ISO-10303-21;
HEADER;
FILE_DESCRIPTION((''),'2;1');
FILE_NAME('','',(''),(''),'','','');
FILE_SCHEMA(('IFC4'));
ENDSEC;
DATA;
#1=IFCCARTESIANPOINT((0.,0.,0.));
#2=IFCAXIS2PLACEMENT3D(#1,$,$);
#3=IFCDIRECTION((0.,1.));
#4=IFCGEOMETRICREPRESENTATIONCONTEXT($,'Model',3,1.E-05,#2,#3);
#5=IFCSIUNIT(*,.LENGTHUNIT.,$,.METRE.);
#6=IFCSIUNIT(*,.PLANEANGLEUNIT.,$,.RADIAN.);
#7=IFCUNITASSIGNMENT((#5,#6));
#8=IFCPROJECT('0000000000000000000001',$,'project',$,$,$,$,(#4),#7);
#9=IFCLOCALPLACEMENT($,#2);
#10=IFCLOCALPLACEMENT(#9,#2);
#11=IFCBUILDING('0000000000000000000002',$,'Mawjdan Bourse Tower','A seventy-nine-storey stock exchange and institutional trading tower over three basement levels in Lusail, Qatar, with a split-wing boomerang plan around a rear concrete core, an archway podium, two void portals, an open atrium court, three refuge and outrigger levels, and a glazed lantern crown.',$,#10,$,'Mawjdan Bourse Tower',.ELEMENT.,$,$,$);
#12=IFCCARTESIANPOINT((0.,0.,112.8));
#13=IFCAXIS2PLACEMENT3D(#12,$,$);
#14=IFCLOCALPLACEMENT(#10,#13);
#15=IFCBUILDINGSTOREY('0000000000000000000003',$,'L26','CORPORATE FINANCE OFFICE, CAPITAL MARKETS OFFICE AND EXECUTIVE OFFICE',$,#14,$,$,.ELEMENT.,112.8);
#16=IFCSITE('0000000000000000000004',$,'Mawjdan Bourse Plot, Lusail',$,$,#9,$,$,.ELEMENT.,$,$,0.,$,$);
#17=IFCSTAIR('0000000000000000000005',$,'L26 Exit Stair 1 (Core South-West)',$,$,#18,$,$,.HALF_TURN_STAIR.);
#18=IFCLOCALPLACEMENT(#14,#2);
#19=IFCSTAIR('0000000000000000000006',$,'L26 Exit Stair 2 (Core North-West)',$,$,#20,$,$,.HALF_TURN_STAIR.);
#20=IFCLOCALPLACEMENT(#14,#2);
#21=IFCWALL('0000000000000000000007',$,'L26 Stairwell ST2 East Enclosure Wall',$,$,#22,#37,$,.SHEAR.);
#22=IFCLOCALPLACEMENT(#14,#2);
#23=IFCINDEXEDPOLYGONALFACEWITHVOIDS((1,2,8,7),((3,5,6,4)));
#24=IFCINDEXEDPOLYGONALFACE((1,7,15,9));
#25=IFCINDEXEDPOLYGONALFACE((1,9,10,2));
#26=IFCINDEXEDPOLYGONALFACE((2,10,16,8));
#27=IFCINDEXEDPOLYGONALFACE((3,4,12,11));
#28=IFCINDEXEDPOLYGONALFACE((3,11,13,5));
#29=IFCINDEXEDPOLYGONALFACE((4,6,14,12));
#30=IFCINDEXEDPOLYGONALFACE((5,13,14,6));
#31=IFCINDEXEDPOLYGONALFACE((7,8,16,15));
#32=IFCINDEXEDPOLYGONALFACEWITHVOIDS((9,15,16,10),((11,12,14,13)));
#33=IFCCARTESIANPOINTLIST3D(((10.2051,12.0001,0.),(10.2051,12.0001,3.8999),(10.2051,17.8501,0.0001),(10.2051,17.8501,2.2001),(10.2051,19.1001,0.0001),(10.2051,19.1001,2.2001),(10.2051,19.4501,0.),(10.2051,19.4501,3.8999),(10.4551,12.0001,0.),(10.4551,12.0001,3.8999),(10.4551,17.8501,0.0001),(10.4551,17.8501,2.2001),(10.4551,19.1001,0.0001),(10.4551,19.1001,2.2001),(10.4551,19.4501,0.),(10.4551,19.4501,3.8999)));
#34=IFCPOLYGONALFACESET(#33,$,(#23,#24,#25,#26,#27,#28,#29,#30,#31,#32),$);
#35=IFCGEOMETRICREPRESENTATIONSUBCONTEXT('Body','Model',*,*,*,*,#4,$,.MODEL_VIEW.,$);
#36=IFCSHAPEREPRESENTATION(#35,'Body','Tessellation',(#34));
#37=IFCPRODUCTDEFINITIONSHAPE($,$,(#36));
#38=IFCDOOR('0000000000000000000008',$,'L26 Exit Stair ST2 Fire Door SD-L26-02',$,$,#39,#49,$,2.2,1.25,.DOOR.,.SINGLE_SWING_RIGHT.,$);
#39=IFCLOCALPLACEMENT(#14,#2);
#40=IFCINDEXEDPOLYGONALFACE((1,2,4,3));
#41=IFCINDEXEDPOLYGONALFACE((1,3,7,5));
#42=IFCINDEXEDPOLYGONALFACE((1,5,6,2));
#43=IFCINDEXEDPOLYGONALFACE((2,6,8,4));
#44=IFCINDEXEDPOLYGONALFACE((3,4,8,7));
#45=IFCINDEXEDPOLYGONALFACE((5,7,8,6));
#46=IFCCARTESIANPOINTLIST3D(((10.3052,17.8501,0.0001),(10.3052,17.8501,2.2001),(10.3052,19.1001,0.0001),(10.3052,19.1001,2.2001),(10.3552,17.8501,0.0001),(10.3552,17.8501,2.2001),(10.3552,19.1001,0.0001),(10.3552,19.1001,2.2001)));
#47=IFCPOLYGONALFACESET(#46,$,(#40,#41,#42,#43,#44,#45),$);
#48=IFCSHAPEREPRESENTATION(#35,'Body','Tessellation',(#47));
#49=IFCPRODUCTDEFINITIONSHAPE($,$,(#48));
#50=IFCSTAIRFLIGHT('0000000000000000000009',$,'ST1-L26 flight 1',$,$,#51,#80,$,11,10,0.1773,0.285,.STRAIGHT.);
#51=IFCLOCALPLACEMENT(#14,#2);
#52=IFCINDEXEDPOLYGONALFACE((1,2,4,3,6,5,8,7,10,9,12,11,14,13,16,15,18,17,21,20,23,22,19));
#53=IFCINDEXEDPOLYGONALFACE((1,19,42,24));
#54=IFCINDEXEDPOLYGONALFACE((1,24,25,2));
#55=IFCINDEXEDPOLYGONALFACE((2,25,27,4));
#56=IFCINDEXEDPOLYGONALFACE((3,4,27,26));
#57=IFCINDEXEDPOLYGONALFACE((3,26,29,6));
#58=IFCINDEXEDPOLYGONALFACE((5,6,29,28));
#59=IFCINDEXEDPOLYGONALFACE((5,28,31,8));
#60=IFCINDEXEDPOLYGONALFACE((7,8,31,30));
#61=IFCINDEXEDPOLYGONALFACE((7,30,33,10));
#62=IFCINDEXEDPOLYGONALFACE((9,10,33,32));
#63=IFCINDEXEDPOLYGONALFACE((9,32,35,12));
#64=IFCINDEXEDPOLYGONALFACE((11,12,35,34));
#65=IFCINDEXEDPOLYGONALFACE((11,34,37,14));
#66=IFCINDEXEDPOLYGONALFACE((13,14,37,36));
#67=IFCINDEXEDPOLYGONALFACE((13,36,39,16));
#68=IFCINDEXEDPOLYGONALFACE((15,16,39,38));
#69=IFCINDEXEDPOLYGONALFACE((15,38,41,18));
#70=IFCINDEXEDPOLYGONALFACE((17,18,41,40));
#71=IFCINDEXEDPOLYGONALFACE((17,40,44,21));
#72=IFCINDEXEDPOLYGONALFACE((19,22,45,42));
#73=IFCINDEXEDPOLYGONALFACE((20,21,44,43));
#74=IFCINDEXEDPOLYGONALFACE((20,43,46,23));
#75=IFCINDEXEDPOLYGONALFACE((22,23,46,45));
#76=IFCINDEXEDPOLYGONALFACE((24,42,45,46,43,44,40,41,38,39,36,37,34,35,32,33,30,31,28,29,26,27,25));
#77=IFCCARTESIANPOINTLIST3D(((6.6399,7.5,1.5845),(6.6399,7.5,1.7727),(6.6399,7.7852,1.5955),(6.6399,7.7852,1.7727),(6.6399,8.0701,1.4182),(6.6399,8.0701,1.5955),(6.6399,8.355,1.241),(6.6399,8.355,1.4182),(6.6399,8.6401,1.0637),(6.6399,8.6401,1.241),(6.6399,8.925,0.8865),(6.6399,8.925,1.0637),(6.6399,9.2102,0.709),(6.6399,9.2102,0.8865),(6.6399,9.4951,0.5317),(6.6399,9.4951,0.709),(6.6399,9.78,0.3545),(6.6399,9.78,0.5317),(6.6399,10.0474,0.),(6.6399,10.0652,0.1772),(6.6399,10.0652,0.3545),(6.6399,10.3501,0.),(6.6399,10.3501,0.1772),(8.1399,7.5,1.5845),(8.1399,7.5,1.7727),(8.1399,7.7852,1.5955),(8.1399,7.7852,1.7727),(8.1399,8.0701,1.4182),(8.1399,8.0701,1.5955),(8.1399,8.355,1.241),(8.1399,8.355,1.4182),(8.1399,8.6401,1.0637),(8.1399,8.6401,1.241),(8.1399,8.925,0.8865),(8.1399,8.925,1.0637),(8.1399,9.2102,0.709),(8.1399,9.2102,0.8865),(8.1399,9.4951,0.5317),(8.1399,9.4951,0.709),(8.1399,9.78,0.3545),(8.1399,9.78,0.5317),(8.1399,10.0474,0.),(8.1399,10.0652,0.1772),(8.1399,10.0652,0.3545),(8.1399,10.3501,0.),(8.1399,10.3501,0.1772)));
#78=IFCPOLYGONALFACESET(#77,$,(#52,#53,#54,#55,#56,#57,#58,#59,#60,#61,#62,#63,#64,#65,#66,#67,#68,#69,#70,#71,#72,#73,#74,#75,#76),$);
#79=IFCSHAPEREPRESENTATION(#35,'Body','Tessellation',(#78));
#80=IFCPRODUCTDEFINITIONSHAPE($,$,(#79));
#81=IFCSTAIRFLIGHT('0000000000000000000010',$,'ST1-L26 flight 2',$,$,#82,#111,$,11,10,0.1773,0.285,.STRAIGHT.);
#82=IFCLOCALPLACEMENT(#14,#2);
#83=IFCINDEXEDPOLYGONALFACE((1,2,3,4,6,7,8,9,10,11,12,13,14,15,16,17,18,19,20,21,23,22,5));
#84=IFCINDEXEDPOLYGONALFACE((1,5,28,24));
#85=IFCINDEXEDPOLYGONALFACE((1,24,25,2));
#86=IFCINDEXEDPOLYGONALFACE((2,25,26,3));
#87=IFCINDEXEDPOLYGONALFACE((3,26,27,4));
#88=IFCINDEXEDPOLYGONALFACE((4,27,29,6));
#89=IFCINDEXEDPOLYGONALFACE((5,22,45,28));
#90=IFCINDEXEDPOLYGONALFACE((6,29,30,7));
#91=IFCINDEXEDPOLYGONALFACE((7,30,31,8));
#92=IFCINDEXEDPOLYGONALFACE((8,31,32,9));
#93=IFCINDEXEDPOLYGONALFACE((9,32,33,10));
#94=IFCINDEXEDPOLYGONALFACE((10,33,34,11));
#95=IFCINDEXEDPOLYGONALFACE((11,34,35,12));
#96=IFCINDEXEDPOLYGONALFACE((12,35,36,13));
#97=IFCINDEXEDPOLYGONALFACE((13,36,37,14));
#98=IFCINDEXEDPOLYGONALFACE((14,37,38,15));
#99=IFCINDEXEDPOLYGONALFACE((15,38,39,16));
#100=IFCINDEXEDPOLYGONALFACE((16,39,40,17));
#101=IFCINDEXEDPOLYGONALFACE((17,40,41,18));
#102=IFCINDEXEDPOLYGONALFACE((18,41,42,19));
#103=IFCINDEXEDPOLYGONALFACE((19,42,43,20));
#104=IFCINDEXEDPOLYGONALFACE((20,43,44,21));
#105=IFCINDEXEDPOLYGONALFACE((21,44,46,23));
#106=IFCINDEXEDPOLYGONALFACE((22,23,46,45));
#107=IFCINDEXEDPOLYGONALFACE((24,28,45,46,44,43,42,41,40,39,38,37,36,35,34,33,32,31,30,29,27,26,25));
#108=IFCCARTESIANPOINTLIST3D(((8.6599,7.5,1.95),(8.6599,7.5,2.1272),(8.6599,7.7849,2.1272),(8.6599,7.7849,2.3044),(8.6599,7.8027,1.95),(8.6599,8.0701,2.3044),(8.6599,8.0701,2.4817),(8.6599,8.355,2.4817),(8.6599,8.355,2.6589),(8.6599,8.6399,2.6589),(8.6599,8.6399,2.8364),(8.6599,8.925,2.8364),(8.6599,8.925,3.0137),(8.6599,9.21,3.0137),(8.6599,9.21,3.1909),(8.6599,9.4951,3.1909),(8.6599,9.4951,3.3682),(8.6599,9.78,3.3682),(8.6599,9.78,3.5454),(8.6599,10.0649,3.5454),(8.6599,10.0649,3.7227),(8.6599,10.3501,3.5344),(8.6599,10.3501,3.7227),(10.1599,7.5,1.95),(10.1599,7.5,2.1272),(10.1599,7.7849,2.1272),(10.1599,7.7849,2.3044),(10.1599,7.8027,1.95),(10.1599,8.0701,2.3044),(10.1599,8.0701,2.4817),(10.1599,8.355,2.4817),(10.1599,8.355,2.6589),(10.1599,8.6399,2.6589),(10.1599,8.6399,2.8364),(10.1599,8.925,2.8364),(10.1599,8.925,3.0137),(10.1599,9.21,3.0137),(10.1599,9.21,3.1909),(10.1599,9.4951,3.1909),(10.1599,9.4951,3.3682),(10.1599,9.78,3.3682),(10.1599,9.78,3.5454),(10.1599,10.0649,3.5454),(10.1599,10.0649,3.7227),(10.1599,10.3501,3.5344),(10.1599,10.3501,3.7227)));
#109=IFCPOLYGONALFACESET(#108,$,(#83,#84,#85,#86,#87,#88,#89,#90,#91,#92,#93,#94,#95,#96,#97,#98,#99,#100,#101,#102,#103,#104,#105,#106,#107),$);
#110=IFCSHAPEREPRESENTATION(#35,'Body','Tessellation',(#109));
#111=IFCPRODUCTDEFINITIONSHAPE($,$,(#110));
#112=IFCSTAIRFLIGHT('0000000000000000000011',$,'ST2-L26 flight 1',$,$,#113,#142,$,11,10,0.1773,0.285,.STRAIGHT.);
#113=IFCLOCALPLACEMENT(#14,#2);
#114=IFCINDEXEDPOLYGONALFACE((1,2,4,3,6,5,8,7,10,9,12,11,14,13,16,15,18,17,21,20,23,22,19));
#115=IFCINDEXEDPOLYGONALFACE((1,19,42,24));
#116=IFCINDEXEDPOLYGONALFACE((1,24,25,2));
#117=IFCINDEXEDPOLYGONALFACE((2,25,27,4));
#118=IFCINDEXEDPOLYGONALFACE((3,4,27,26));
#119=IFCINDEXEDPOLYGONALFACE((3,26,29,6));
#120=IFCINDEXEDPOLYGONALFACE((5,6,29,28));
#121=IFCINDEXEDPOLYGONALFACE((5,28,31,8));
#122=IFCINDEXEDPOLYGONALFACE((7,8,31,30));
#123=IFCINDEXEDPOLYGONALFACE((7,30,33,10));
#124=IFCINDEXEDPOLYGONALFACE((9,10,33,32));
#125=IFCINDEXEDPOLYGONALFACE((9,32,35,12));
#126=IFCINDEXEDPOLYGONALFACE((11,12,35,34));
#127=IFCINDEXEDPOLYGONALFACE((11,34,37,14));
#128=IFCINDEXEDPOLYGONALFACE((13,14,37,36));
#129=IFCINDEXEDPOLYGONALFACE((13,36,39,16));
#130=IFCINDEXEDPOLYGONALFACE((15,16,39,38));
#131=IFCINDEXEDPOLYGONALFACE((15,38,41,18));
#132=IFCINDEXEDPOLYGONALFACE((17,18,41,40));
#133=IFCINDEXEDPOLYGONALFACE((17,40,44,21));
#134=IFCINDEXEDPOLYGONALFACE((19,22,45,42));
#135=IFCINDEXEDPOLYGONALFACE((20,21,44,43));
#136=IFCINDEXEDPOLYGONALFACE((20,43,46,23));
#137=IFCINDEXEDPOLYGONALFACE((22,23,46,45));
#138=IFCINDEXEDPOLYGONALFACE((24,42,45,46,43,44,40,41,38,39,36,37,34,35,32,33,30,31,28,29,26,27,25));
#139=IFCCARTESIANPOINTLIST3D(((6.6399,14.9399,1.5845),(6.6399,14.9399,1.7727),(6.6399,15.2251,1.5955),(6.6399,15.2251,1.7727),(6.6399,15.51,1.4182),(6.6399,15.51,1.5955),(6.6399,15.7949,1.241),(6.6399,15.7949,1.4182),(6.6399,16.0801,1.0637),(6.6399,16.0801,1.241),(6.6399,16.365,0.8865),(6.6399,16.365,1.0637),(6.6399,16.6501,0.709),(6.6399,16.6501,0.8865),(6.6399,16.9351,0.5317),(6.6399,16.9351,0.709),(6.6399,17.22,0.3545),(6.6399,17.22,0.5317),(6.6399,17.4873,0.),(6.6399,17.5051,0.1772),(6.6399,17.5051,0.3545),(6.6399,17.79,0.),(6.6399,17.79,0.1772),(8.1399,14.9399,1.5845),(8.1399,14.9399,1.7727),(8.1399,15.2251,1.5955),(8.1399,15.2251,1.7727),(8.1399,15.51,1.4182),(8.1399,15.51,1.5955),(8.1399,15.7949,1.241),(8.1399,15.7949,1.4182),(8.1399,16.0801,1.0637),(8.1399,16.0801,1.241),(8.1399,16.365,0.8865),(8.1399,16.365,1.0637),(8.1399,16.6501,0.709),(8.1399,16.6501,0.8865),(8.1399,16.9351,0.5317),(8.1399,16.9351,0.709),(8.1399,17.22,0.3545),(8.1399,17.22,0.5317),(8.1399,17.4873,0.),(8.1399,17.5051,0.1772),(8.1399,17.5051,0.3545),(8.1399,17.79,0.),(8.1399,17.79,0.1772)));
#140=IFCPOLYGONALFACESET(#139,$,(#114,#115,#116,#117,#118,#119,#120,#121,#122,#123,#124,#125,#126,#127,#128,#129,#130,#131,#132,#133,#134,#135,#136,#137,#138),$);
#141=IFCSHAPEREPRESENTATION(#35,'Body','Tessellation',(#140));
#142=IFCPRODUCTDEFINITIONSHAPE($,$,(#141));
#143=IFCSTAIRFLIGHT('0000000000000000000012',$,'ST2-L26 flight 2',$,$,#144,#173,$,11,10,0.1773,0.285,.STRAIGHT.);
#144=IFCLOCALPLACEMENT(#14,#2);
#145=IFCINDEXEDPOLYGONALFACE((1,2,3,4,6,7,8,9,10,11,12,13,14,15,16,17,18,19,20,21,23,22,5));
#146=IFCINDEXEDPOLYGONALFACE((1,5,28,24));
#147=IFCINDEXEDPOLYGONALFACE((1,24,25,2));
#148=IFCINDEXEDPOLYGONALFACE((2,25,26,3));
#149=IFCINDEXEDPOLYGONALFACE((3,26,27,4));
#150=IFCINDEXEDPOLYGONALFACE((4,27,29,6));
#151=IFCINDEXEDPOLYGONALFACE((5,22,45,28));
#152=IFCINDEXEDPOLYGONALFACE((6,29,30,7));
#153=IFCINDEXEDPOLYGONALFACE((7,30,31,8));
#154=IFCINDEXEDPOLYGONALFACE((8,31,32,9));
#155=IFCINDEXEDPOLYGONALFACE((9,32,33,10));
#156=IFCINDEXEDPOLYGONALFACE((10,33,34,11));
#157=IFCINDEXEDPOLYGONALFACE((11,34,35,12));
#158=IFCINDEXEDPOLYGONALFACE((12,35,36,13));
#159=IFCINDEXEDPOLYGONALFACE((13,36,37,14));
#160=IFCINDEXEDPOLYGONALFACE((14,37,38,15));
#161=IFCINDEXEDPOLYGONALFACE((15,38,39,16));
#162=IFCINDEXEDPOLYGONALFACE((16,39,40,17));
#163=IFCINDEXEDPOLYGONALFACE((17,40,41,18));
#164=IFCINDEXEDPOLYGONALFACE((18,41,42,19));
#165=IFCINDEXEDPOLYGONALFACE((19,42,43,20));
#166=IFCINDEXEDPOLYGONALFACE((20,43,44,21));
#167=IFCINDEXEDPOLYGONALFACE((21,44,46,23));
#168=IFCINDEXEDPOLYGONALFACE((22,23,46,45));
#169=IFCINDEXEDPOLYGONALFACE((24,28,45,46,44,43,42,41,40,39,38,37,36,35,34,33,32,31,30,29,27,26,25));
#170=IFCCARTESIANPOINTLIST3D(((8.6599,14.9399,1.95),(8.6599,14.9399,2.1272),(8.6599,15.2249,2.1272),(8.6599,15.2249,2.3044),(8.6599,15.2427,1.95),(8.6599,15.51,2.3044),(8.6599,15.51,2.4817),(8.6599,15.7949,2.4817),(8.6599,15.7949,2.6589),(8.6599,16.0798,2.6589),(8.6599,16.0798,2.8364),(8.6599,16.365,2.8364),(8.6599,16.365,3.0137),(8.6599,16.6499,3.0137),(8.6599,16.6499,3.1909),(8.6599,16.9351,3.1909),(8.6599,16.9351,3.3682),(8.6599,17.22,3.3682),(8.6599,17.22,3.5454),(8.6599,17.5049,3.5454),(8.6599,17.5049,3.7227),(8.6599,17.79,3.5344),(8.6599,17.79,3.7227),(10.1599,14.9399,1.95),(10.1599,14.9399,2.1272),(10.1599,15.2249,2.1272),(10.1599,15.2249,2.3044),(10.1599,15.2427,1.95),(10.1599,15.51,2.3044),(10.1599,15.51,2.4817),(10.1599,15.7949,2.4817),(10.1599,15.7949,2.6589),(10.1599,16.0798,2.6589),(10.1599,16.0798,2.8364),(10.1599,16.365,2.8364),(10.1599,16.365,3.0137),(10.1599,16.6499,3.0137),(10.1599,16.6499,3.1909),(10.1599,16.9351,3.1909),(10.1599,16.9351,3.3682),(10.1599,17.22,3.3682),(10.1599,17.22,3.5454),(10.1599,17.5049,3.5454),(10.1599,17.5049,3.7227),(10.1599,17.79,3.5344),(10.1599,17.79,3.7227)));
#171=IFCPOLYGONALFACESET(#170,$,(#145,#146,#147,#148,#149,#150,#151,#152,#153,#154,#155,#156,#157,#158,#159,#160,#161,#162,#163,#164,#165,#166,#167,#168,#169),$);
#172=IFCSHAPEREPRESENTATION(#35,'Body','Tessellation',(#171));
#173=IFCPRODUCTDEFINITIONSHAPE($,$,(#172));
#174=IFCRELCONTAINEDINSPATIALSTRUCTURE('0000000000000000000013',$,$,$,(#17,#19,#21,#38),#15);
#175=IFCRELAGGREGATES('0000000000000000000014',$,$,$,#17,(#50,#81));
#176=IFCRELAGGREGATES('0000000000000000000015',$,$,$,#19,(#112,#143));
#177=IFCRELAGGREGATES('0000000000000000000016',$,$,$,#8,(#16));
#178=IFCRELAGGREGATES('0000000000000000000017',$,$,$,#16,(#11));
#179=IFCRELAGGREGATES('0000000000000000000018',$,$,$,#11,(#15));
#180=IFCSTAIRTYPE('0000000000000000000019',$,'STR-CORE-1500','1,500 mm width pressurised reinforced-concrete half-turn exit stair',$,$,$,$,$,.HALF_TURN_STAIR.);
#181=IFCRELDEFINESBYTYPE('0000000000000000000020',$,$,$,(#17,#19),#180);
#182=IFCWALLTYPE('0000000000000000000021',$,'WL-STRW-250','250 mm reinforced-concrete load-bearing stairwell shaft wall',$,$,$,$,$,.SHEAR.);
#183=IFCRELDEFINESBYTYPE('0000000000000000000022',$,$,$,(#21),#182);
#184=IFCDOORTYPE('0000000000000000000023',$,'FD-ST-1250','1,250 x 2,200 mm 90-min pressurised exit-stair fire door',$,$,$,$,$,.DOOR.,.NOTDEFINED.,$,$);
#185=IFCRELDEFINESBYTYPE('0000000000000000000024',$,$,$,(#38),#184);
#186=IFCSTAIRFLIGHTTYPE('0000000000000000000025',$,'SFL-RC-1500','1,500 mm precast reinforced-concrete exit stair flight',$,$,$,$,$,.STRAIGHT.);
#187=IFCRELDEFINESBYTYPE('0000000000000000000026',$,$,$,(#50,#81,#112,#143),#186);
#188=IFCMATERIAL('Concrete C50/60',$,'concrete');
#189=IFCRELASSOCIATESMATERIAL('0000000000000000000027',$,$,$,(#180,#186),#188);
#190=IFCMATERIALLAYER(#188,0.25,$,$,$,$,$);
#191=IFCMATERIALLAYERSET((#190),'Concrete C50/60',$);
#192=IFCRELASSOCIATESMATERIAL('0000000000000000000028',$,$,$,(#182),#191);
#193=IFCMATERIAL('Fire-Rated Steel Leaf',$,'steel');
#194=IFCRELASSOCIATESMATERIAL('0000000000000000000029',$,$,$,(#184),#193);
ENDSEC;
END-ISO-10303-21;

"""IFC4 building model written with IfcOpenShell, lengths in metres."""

from ifc_helpers import new_model, si_unit, direction, frame, frame_2d, origin, place, context, subcontext, project, spatial, polyline, rectangle, outline, extrude, material, layer, layer_set, type_object, element, fill, aggregate, save


model = new_model("IFC4")

# Units and contexts
model_context = context("Model", 3, precision=1e-05, world=origin(), true_north=direction((0.0, 1.0)))
body_context = subcontext(model_context, "Body", "Model", "MODEL_VIEW")
ifc_project = project(units=[si_unit("LENGTHUNIT", "METRE"), si_unit("PLANEANGLEUNIT", "RADIAN")], contexts=[model_context])

# Site, building, storey
site_placement = place(None, origin())
site = spatial("IfcSite", under=ifc_project, at=site_placement, Name="Mawjdan Bourse Plot, Lusail", CompositionType="ELEMENT", RefElevation=0.0)
building_placement = place(site_placement, origin())
building = spatial("IfcBuilding", under=site, at=building_placement, Name="Mawjdan Bourse Tower", Description="A seventy-nine-storey stock exchange and institutional trading tower over three basement levels in Lusail, Qatar, with a split-wing boomerang plan around a rear concrete core, an archway podium, two void portals, an open atrium court, three refuge and outrigger levels, and a glazed lantern crown.", LongName="Mawjdan Bourse Tower", CompositionType="ELEMENT")
storey_placement = place(building_placement, frame((0.0, 0.0, 112.8)))
storey = spatial("IfcBuildingStorey", under=building, at=storey_placement, Name="L26", Description="CORPORATE FINANCE OFFICE, CAPITAL MARKETS OFFICE AND EXECUTIVE OFFICE", CompositionType="ELEMENT", Elevation=112.8)

# Stairs
ifc_material_1 = material(Name="Concrete C50/60", Category="concrete")
stair_type = type_object("IfcStairType", Name="STR-CORE-1500", Description="1,500 mm width pressurised reinforced-concrete half-turn exit stair", PredefinedType="HALF_TURN_STAIR", material=ifc_material_1)
stair_1_placement = place(storey_placement, origin())
stair_1 = element("IfcStair", 1, at=stair_1_placement, inside=storey, type_object=stair_type, Name="L26 Exit Stair 1 (Core South-West)", PredefinedType="HALF_TURN_STAIR")
stair_2_placement = place(storey_placement, origin())
stair_2 = element("IfcStair", 2, at=stair_2_placement, inside=storey, type_object=stair_type, Name="L26 Exit Stair 2 (Core North-West)", PredefinedType="HALF_TURN_STAIR")

# Shared definitions
ifc_layer_1 = layer(ifc_material_1, 0.25)
ifc_layer_set_1 = layer_set([ifc_layer_1], Name="Concrete C50/60")
wall_type_1 = type_object("IfcWallType", Name="WL-STRW-250", Description="250 mm reinforced-concrete load-bearing stairwell shaft wall", PredefinedType="SHEAR", material=ifc_layer_set_1)

# Wall, opening, door
ifc_material_2 = material(Name="Fire-Rated Steel Leaf", Category="steel")
door_type_1 = type_object("IfcDoorType", Name="FD-ST-1250", Description="1,250 x 2,200 mm 90-min pressurised exit-stair fire door", OperationType="NOTDEFINED", PredefinedType="DOOR", material=ifc_material_2)
wall_1_placement = place(storey_placement, frame((10.3301, 12.0, 0.0), z_axis=(0.0, 0.0, 1.0), x_axis=(0.0, 1.0, 0.0)))
wall_1 = element("IfcWall", 3, at=wall_1_placement, inside=storey, type_object=wall_type_1, Name="L26 Stairwell ST2 East Enclosure Wall", PredefinedType="SHEAR", context=body_context, shape_type="SweptSolid", body=[
    extrude(rectangle(XDim=7.45, YDim=0.25, at=frame_2d((3.7251, 0.0))), origin(), (0.0, 0.0, 1.0), 3.8999),
])
opening_1_placement = place(wall_1_placement, frame((5.8501, 0.0, 0.0)))
opening_1 = element("IfcOpeningElement", 4, at=opening_1_placement, cuts=wall_1, PredefinedType="OPENING", context=body_context, shape_type="SweptSolid", body=[
    extrude(rectangle(XDim=1.25, YDim=2.2, at=frame_2d((0.625, 1.1001))), frame((0.0, 0.135, 0.0), z_axis=(0.0, -1.0, 0.0), x_axis=(1.0, 0.0, 0.0)), (0.0, 0.0, 1.0), 0.27),
])
door_1_placement = place(opening_1_placement, origin())
door_1 = element("IfcDoor", 5, at=door_1_placement, inside=storey, type_object=door_type_1, Name="L26 Exit Stair ST2 Fire Door SD-L26-02", OperationType="SINGLE_SWING_RIGHT", OverallHeight=2.2, OverallWidth=1.25, PredefinedType="DOOR", context=body_context, shape_type="SweptSolid", body=[
    extrude(rectangle(XDim=1.25, YDim=2.2, at=frame_2d((0.625, 1.1001))), frame((0.0, 0.0249, 0.0), z_axis=(0.0, -1.0, 0.0), x_axis=(1.0, 0.0, 0.0)), (0.0, 0.0, 1.0), 0.05),
])
fill(opening_1, door_1)

# Stair flights
stair_flight_type = type_object("IfcStairFlightType", Name="SFL-RC-1500", Description="1,500 mm precast reinforced-concrete exit stair flight", PredefinedType="STRAIGHT", material=ifc_material_1)
stair_flight_1_placement = place(storey_placement, frame((7.3899, 10.3501, 0.0), z_axis=(0.0, 0.0, 1.0), x_axis=(0.0, -1.0, 0.0)))
stair_flight_1 = element("IfcStairFlight", 6, at=stair_flight_1_placement, type_object=stair_flight_type, Name="ST1-L26 flight 1", NumberOfRisers=11, NumberOfTreads=10, PredefinedType="STRAIGHT", RiserHeight=0.1773, TreadLength=0.285, context=body_context, shape_type="SweptSolid", body=[
    extrude(outline(polyline([(0.0, 0.0), (0.0, 0.1772), (0.2849, 0.1772), (0.2849, 0.3545), (0.5701, 0.3545), (0.5701, 0.5317), (0.855, 0.5317), (0.855, 0.709), (1.1399, 0.709), (1.1399, 0.8865), (1.425, 0.8865), (1.425, 1.0637), (1.71, 1.0637), (1.71, 1.241), (1.9951, 1.241), (1.9951, 1.4182), (2.28, 1.4182), (2.28, 1.5955), (2.5649, 1.5955), (2.5649, 1.7727), (2.8501, 1.7727), (2.8501, 1.95), (2.8501, 1.5845), (0.3027, 0.0), (0.0, 0.0)])), frame((0.0, 0.75, 0.0), z_axis=(0.0, -1.0, 0.0), x_axis=(1.0, 0.0, 0.0)), (0.0, 0.0, 1.0), 1.5),
])
stair_flight_2_placement = place(storey_placement, frame((9.4099, 7.5, 1.95), z_axis=(0.0, 0.0, 1.0), x_axis=(0.0, 1.0, 0.0)))
stair_flight_2 = element("IfcStairFlight", 7, at=stair_flight_2_placement, type_object=stair_flight_type, Name="ST1-L26 flight 2", NumberOfRisers=11, NumberOfTreads=10, PredefinedType="STRAIGHT", RiserHeight=0.1773, TreadLength=0.285, context=body_context, shape_type="SweptSolid", body=[
    extrude(outline(polyline([(0.0, 0.0), (0.0, 0.1772), (0.2849, 0.1772), (0.2849, 0.3545), (0.5701, 0.3545), (0.5701, 0.5317), (0.855, 0.5317), (0.855, 0.709), (1.1399, 0.709), (1.1399, 0.8865), (1.425, 0.8865), (1.425, 1.0637), (1.71, 1.0637), (1.71, 1.241), (1.9951, 1.241), (1.9951, 1.4182), (2.28, 1.4182), (2.28, 1.5955), (2.5649, 1.5955), (2.5649, 1.7727), (2.8501, 1.7727), (2.8501, 1.95), (2.8501, 1.5845), (0.3027, 0.0), (0.0, 0.0)])), frame((0.0, 0.75, 0.0), z_axis=(0.0, -1.0, 0.0), x_axis=(1.0, 0.0, 0.0)), (0.0, 0.0, 1.0), 1.5),
])
aggregate(stair_1, [stair_flight_1, stair_flight_2])
stair_flight_3_placement = place(storey_placement, frame((7.3899, 17.79, 0.0), z_axis=(0.0, 0.0, 1.0), x_axis=(0.0, -1.0, 0.0)))
stair_flight_3 = element("IfcStairFlight", 8, at=stair_flight_3_placement, type_object=stair_flight_type, Name="ST2-L26 flight 1", NumberOfRisers=11, NumberOfTreads=10, PredefinedType="STRAIGHT", RiserHeight=0.1773, TreadLength=0.285, context=body_context, shape_type="SweptSolid", body=[
    extrude(outline(polyline([(0.0, 0.0), (0.0, 0.1772), (0.2849, 0.1772), (0.2849, 0.3545), (0.5701, 0.3545), (0.5701, 0.5317), (0.855, 0.5317), (0.855, 0.709), (1.1399, 0.709), (1.1399, 0.8865), (1.425, 0.8865), (1.425, 1.0637), (1.71, 1.0637), (1.71, 1.241), (1.9951, 1.241), (1.9951, 1.4182), (2.28, 1.4182), (2.28, 1.5955), (2.5649, 1.5955), (2.5649, 1.7727), (2.8501, 1.7727), (2.8501, 1.95), (2.8501, 1.5845), (0.3027, 0.0), (0.0, 0.0)])), frame((0.0, 0.75, 0.0), z_axis=(0.0, -1.0, 0.0), x_axis=(1.0, 0.0, 0.0)), (0.0, 0.0, 1.0), 1.5),
])
stair_flight_4_placement = place(storey_placement, frame((9.4099, 14.9399, 1.95), z_axis=(0.0, 0.0, 1.0), x_axis=(0.0, 1.0, 0.0)))
stair_flight_4 = element("IfcStairFlight", 9, at=stair_flight_4_placement, type_object=stair_flight_type, Name="ST2-L26 flight 2", NumberOfRisers=11, NumberOfTreads=10, PredefinedType="STRAIGHT", RiserHeight=0.1773, TreadLength=0.285, context=body_context, shape_type="SweptSolid", body=[
    extrude(outline(polyline([(0.0, 0.0), (0.0, 0.1772), (0.2849, 0.1772), (0.2849, 0.3545), (0.5701, 0.3545), (0.5701, 0.5317), (0.855, 0.5317), (0.855, 0.709), (1.1399, 0.709), (1.1399, 0.8865), (1.425, 0.8865), (1.425, 1.0637), (1.71, 1.0637), (1.71, 1.241), (1.9951, 1.241), (1.9951, 1.4182), (2.28, 1.4182), (2.28, 1.5955), (2.5649, 1.5955), (2.5649, 1.7727), (2.8501, 1.7727), (2.8501, 1.95), (2.8501, 1.5845), (0.3027, 0.0), (0.0, 0.0)])), frame((0.0, 0.75, 0.0), z_axis=(0.0, -1.0, 0.0), x_axis=(1.0, 0.0, 0.0)), (0.0, 0.0, 1.0), 1.5),
])
aggregate(stair_2, [stair_flight_3, stair_flight_4])

save(model, "model.ifc")
